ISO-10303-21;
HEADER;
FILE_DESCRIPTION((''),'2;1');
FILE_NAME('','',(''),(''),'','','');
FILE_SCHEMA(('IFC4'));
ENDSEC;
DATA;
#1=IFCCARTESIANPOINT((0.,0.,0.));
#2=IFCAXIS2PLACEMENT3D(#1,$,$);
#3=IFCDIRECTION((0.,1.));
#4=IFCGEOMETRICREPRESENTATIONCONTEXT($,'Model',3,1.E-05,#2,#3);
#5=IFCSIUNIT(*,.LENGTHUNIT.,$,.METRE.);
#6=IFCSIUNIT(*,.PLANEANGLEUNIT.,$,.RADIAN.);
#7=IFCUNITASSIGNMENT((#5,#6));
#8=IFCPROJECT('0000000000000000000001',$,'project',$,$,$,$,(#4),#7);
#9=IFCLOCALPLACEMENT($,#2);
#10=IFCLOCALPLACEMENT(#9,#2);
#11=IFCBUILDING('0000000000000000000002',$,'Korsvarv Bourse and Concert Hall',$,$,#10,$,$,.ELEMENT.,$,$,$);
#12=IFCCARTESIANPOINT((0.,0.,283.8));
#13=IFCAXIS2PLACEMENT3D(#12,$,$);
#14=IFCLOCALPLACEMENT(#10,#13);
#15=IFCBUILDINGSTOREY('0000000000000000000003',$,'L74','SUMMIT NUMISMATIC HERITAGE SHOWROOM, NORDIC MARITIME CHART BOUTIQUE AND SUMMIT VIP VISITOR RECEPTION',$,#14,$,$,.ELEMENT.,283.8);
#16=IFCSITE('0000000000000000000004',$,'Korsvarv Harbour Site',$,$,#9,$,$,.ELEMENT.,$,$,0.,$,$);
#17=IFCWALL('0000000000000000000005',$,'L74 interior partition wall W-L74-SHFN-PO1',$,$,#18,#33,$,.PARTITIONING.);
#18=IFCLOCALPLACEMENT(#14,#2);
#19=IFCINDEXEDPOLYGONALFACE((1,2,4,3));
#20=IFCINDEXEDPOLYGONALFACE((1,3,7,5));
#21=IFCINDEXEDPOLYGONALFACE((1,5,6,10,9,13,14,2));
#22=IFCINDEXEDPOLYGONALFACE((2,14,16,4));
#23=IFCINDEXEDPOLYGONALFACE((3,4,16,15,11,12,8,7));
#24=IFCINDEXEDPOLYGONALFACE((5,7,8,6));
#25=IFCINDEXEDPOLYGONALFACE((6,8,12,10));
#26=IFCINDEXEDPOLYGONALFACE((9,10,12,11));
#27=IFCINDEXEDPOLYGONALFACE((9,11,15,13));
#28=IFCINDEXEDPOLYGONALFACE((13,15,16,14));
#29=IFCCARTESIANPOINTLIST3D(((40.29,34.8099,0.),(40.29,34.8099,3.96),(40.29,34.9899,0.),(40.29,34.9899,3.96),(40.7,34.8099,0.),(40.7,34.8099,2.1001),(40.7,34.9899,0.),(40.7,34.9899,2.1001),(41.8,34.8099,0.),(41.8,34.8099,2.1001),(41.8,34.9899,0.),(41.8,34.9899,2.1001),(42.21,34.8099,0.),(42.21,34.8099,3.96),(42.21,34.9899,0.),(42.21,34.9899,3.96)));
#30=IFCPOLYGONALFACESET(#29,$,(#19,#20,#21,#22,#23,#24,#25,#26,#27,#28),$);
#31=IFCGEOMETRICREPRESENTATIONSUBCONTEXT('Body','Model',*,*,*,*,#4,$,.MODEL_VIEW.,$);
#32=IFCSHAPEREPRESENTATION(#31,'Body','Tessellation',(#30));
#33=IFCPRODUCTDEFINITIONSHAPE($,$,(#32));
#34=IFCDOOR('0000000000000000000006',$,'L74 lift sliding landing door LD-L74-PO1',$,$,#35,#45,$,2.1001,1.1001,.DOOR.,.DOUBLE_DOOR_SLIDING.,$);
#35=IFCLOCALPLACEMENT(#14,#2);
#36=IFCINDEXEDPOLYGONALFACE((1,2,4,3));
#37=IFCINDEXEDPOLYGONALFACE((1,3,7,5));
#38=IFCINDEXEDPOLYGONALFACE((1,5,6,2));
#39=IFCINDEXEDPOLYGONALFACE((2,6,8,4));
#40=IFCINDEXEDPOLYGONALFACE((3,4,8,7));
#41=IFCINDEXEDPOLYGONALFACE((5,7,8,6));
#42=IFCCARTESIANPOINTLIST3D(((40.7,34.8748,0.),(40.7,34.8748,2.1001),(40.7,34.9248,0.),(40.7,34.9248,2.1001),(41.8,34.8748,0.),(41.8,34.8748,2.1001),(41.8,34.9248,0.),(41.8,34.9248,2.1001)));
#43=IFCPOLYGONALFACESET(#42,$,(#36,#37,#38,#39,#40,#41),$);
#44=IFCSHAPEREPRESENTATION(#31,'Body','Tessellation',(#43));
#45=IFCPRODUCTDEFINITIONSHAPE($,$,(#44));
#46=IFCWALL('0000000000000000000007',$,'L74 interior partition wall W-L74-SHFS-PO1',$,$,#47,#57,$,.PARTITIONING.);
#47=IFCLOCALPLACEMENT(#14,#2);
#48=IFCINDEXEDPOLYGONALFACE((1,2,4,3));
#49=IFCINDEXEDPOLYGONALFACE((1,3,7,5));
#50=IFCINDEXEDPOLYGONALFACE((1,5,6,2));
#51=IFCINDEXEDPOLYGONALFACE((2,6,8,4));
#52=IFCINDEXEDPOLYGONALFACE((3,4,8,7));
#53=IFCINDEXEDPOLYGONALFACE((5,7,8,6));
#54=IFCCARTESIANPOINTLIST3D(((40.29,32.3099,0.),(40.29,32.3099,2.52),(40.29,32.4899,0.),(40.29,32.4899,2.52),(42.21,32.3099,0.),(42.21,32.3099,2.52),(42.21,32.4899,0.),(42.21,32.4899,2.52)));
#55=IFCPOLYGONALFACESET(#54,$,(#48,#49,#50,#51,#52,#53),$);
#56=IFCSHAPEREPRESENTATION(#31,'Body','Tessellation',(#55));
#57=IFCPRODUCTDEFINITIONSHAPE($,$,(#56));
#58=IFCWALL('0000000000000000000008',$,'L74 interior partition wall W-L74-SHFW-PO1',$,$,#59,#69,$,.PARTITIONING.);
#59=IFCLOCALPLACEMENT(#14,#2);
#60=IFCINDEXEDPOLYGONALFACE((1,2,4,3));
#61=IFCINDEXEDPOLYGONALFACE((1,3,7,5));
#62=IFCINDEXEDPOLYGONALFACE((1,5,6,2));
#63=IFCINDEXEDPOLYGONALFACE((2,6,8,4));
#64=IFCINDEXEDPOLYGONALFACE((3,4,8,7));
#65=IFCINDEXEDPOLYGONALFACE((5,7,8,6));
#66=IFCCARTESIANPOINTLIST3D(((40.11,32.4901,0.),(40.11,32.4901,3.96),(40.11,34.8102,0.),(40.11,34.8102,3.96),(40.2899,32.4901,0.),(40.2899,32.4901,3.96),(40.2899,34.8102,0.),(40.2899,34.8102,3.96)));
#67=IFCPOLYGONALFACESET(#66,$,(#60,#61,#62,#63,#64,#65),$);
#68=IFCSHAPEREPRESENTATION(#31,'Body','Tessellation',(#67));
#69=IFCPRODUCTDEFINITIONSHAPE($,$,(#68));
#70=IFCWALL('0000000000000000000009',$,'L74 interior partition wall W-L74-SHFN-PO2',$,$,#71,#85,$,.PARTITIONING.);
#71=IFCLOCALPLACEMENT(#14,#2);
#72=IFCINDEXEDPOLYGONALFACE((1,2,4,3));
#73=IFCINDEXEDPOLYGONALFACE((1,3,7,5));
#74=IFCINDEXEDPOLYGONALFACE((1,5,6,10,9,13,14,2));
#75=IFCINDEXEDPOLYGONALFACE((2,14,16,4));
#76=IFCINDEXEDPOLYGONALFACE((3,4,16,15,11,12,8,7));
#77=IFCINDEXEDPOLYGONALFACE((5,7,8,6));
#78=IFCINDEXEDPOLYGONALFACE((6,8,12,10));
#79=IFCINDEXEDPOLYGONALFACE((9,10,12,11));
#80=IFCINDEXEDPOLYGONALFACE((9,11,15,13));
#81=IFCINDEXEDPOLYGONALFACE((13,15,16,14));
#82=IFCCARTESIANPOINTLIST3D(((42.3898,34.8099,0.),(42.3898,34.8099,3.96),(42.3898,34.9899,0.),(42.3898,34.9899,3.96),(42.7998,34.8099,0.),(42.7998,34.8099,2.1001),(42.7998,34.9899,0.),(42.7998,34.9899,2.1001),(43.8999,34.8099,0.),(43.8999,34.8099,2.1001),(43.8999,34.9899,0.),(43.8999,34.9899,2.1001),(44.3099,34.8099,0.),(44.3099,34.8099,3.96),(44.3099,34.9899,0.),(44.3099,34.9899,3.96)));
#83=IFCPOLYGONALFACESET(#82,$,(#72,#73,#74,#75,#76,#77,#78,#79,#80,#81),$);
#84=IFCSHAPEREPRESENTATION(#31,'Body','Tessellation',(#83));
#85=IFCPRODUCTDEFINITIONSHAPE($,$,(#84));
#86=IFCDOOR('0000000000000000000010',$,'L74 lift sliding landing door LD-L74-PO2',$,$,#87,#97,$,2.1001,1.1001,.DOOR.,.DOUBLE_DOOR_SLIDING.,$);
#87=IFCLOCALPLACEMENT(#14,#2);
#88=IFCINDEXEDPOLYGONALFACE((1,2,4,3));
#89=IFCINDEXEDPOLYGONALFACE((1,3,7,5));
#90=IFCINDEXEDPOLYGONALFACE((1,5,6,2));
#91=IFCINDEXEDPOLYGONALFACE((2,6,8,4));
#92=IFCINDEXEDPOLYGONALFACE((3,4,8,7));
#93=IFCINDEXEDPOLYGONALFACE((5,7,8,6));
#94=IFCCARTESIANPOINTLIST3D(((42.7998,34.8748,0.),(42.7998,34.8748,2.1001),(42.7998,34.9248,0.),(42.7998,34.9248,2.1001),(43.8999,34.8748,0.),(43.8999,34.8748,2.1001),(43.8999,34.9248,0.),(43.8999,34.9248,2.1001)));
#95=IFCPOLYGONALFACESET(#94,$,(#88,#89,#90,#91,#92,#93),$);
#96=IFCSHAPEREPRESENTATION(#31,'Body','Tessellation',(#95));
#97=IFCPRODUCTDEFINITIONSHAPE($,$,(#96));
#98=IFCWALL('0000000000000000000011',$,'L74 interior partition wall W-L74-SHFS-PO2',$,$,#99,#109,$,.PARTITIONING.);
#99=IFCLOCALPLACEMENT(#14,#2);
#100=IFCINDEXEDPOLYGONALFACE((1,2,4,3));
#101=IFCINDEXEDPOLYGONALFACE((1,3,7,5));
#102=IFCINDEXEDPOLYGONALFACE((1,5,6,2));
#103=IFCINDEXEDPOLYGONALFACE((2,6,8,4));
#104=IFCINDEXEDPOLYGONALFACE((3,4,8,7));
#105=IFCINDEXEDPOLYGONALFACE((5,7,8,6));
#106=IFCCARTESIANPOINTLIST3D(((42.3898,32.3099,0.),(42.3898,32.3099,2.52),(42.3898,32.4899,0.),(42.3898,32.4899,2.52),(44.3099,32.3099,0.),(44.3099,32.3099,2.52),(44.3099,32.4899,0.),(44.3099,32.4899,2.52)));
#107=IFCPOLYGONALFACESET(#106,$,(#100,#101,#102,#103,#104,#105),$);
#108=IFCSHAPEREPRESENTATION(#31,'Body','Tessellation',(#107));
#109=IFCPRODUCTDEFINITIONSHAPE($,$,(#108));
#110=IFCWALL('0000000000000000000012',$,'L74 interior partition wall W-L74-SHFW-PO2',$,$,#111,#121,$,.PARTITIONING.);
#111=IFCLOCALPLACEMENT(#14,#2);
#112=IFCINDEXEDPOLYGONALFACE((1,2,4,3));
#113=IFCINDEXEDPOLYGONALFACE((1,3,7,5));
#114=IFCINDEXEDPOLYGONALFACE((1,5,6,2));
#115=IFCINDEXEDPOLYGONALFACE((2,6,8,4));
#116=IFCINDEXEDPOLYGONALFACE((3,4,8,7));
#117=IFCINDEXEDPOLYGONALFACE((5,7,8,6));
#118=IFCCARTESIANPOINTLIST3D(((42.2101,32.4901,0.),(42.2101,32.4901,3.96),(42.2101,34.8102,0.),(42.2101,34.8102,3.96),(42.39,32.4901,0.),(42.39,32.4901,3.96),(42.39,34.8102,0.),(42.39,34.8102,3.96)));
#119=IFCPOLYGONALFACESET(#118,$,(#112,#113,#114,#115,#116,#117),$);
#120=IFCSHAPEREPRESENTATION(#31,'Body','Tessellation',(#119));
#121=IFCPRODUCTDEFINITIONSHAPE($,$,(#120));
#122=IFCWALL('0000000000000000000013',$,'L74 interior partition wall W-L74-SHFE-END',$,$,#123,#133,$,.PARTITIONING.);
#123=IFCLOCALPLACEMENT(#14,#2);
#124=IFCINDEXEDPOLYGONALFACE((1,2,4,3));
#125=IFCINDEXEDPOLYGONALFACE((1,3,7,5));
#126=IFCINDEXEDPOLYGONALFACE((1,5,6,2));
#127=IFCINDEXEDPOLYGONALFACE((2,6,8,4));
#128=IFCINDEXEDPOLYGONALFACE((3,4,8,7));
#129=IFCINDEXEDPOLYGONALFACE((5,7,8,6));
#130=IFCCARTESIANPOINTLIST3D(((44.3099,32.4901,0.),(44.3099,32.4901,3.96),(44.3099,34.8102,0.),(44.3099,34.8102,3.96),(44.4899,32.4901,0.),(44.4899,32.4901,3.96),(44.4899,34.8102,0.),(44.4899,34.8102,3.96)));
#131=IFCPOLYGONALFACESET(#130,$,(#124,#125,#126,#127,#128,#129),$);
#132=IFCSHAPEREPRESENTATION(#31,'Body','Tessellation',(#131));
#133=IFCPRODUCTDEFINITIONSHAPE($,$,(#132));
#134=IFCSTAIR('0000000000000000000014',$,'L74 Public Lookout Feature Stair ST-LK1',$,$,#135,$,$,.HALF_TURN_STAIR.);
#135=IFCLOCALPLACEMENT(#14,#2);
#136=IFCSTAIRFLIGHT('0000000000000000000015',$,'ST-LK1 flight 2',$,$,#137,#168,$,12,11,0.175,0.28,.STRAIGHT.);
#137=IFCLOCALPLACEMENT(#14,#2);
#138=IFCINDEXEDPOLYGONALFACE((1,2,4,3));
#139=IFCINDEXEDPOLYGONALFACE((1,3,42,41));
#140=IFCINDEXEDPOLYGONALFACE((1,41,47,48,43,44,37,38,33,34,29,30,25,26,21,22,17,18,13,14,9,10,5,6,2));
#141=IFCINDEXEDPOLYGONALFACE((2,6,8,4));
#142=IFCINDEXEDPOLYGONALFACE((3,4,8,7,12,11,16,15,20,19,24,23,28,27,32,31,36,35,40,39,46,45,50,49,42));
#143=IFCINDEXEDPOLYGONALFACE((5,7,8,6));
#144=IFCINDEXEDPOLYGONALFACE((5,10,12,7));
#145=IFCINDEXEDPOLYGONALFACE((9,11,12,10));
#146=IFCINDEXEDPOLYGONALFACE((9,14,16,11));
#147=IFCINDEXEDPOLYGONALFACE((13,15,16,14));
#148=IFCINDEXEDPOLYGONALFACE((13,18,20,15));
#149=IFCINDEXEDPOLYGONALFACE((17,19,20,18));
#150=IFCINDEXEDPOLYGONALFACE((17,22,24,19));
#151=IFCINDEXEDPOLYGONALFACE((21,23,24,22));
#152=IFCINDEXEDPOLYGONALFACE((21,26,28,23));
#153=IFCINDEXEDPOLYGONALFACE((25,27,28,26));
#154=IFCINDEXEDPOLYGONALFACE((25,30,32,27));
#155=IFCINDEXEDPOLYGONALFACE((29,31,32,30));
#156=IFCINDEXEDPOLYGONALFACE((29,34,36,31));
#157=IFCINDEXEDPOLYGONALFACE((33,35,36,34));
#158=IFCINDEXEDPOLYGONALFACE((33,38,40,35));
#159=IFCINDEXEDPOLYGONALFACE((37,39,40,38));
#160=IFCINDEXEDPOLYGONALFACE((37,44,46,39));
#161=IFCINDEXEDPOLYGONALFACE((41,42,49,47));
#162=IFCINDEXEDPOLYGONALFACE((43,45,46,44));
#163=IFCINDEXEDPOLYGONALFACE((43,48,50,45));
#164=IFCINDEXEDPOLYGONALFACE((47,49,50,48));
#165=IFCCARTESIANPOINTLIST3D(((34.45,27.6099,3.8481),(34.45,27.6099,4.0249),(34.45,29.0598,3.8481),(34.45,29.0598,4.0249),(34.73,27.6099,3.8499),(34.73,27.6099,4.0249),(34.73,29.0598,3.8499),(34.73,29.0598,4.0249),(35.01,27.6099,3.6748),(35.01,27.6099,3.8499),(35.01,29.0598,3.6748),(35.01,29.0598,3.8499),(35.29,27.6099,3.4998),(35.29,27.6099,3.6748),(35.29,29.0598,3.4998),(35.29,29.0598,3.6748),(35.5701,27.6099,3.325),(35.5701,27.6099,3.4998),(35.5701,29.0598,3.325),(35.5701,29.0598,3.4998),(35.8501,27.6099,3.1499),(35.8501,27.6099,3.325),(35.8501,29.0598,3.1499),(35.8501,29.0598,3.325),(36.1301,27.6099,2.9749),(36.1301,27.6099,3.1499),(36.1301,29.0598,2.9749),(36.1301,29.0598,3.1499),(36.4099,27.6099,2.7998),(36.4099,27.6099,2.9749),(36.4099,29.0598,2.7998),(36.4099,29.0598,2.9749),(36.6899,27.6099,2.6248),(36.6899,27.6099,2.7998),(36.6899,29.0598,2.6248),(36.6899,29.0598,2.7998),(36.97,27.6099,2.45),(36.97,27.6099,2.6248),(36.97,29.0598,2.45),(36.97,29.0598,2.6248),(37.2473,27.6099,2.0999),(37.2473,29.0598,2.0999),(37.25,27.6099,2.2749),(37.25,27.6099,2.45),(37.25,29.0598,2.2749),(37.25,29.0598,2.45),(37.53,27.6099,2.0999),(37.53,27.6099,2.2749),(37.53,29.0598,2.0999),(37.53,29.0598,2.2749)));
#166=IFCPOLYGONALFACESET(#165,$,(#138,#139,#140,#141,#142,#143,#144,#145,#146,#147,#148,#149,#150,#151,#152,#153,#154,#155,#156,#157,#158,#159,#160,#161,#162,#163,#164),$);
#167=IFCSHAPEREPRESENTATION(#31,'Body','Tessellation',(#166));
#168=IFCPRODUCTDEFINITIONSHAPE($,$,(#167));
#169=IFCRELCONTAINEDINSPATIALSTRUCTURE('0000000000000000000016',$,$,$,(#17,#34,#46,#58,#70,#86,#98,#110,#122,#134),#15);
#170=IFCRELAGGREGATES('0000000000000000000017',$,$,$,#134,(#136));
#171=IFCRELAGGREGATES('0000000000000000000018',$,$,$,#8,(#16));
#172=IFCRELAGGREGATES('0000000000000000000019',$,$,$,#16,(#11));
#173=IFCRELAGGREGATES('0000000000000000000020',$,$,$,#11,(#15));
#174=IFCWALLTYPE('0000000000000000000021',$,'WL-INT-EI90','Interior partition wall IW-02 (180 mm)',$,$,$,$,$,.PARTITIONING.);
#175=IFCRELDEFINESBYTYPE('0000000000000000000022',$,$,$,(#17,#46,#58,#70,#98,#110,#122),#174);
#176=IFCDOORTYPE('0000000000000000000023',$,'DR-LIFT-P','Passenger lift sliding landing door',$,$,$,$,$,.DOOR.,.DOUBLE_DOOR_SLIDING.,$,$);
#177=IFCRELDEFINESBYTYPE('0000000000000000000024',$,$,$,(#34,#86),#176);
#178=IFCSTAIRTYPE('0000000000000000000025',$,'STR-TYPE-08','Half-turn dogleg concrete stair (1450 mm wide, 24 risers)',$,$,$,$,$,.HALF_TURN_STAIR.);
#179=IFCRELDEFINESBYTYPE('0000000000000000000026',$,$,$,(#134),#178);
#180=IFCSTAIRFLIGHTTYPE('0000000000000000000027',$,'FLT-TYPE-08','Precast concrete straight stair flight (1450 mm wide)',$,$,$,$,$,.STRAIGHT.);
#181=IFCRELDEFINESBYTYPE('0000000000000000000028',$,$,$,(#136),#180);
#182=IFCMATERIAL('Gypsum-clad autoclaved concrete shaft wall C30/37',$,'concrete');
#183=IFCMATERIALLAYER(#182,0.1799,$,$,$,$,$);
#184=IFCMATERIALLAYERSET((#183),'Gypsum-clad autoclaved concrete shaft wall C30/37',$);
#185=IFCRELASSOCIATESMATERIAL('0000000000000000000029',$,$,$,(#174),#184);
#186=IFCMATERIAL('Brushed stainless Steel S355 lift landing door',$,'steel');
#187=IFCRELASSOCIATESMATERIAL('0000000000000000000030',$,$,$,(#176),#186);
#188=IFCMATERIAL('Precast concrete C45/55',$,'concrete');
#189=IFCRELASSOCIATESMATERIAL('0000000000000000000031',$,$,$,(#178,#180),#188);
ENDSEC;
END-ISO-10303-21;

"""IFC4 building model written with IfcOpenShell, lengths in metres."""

from ifc_helpers import new_model, si_unit, direction, frame, frame_2d, origin, place, context, subcontext, project, spatial, polyline, rectangle, outline, extrude, material, layer, layer_set, type_object, element, fill, aggregate, save


model = new_model("IFC4")

# Units and contexts
model_context = context("Model", 3, precision=1e-05, world=origin(), true_north=direction((0.0, 1.0)))
body_context = subcontext(model_context, "Body", "Model", "MODEL_VIEW")
ifc_project = project(units=[si_unit("LENGTHUNIT", "METRE"), si_unit("PLANEANGLEUNIT", "RADIAN")], contexts=[model_context])

# Site, building, storey
site_placement = place(None, origin())
site = spatial("IfcSite", under=ifc_project, at=site_placement, Name="Korsvarv Harbour Site", CompositionType="ELEMENT", RefElevation=0.0)
building_placement = place(site_placement, origin())
building = spatial("IfcBuilding", under=site, at=building_placement, Name="Korsvarv Bourse and Concert Hall", CompositionType="ELEMENT")
storey_placement = place(building_placement, frame((0.0, 0.0, 283.8)))
storey = spatial("IfcBuildingStorey", under=building, at=storey_placement, Name="L74", Description="SUMMIT NUMISMATIC HERITAGE SHOWROOM, NORDIC MARITIME CHART BOUTIQUE AND SUMMIT VIP VISITOR RECEPTION", CompositionType="ELEMENT", Elevation=283.8)

# Wall, opening, door
ifc_material_1 = material(Name="Gypsum-clad autoclaved concrete shaft wall C30/37", Category="concrete")
ifc_layer_1 = layer(ifc_material_1, 0.1799)
ifc_layer_set_1 = layer_set([ifc_layer_1], Name="Gypsum-clad autoclaved concrete shaft wall C30/37")
wall_type_1 = type_object("IfcWallType", Name="WL-INT-EI90", Description="Interior partition wall IW-02 (180 mm)", PredefinedType="PARTITIONING", material=ifc_layer_set_1)
wall_1_placement = place(storey_placement, frame((40.29, 34.8999, 0.0), z_axis=(0.0, 0.0, 1.0), x_axis=(1.0, 0.0, 0.0)))
wall_1 = element("IfcWall", 1, at=wall_1_placement, inside=storey, type_object=wall_type_1, Name="L74 interior partition wall W-L74-SHFN-PO1", PredefinedType="PARTITIONING", context=body_context, shape_type="SweptSolid", body=[
    extrude(rectangle(XDim=1.9199, YDim=0.1799, at=frame_2d((0.96, 0.0))), origin(), (0.0, 0.0, 1.0), 3.96),
])
opening_1_placement = place(wall_1_placement, frame((0.4099, 0.0, 0.0)))
opening_1 = element("IfcOpeningElement", 2, at=opening_1_placement, cuts=wall_1, PredefinedType="OPENING", context=body_context, shape_type="SweptSolid", body=[
    extrude(rectangle(XDim=1.1001, YDim=2.1001, at=frame_2d((0.55, 1.05))), frame((0.0, 0.1001, 0.0), z_axis=(0.0, -1.0, 0.0), x_axis=(1.0, 0.0, 0.0)), (0.0, 0.0, 1.0), 0.2),
])
ifc_material_2 = material(Name="Brushed stainless Steel S355 lift landing door", Category="steel")
door_type_1 = type_object("IfcDoorType", Name="DR-LIFT-P", Description="Passenger lift sliding landing door", OperationType="DOUBLE_DOOR_SLIDING", PredefinedType="DOOR", material=ifc_material_2)
door_1_placement = place(opening_1_placement, origin())
door_1 = element("IfcDoor", 3, at=door_1_placement, inside=storey, type_object=door_type_1, Name="L74 lift sliding landing door LD-L74-PO1", OperationType="DOUBLE_DOOR_SLIDING", OverallHeight=2.1001, OverallWidth=1.1001, PredefinedType="DOOR", context=body_context, shape_type="SweptSolid", body=[
    extrude(rectangle(XDim=1.1001, YDim=2.1001, at=frame_2d((0.55, 1.05))), frame((0.0, 0.0249, 0.0), z_axis=(0.0, -1.0, 0.0), x_axis=(1.0, 0.0, 0.0)), (0.0, 0.0, 1.0), 0.05),
])
fill(opening_1, door_1)

# Walls
wall_2_placement = place(storey_placement, frame((40.29, 32.3999, 0.0), z_axis=(0.0, 0.0, 1.0), x_axis=(1.0, 0.0, 0.0)))
element("IfcWall", 4, at=wall_2_placement, inside=storey, type_object=wall_type_1, Name="L74 interior partition wall W-L74-SHFS-PO1", PredefinedType="PARTITIONING", context=body_context, shape_type="SweptSolid", body=[
    extrude(rectangle(XDim=1.9199, YDim=0.1799, at=frame_2d((0.96, 0.0))), origin(), (0.0, 0.0, 1.0), 2.52),
])
wall_3_placement = place(storey_placement, frame((40.2, 32.49, 0.0), z_axis=(0.0, 0.0, 1.0), x_axis=(0.0, 1.0, 0.0)))
element("IfcWall", 5, at=wall_3_placement, inside=storey, type_object=wall_type_1, Name="L74 interior partition wall W-L74-SHFW-PO1", PredefinedType="PARTITIONING", context=body_context, shape_type="SweptSolid", body=[
    extrude(rectangle(XDim=2.3201, YDim=0.1799, at=frame_2d((1.1602, 0.0))), origin(), (0.0, 0.0, 1.0), 3.96),
])

# Wall, opening, door
wall_4_placement = place(storey_placement, frame((42.3899, 34.8999, 0.0), z_axis=(0.0, 0.0, 1.0), x_axis=(1.0, 0.0, 0.0)))
wall_4 = element("IfcWall", 6, at=wall_4_placement, inside=storey, type_object=wall_type_1, Name="L74 interior partition wall W-L74-SHFN-PO2", PredefinedType="PARTITIONING", context=body_context, shape_type="SweptSolid", body=[
    extrude(rectangle(XDim=1.9202, YDim=0.1799, at=frame_2d((0.96, 0.0))), origin(), (0.0, 0.0, 1.0), 3.96),
])
opening_2_placement = place(wall_4_placement, frame((0.4099, 0.0, 0.0)))
opening_2 = element("IfcOpeningElement", 7, at=opening_2_placement, cuts=wall_4, PredefinedType="OPENING", context=body_context, shape_type="SweptSolid", body=[
    extrude(rectangle(XDim=1.1001, YDim=2.1001, at=frame_2d((0.55, 1.05))), frame((0.0, 0.1001, 0.0), z_axis=(0.0, -1.0, 0.0), x_axis=(1.0, 0.0, 0.0)), (0.0, 0.0, 1.0), 0.2),
])
door_2_placement = place(opening_2_placement, origin())
door_2 = element("IfcDoor", 8, at=door_2_placement, inside=storey, type_object=door_type_1, Name="L74 lift sliding landing door LD-L74-PO2", OperationType="DOUBLE_DOOR_SLIDING", OverallHeight=2.1001, OverallWidth=1.1001, PredefinedType="DOOR", context=body_context, shape_type="SweptSolid", body=[
    extrude(rectangle(XDim=1.1001, YDim=2.1001, at=frame_2d((0.55, 1.05))), frame((0.0, 0.0249, 0.0), z_axis=(0.0, -1.0, 0.0), x_axis=(1.0, 0.0, 0.0)), (0.0, 0.0, 1.0), 0.05),
])
fill(opening_2, door_2)

# Walls
wall_5_placement = place(storey_placement, frame((42.3899, 32.3999, 0.0), z_axis=(0.0, 0.0, 1.0), x_axis=(1.0, 0.0, 0.0)))
element("IfcWall", 9, at=wall_5_placement, inside=storey, type_object=wall_type_1, Name="L74 interior partition wall W-L74-SHFS-PO2", PredefinedType="PARTITIONING", context=body_context, shape_type="SweptSolid", body=[
    extrude(rectangle(XDim=1.9202, YDim=0.1799, at=frame_2d((0.96, 0.0))), origin(), (0.0, 0.0, 1.0), 2.52),
])
for number, where, z_axis, x_axis, name in (
    (10, (42.3, 32.49, 0.0), (0.0, 0.0, 1.0), (0.0, 1.0, 0.0), "L74 interior partition wall W-L74-SHFW-PO2"),
    (11, (44.3999, 32.49, 0.0), (0.0, 0.0, 1.0), (0.0, 1.0, 0.0), "L74 interior partition wall W-L74-SHFE-END"),
):
    element("IfcWall", number, at=place(storey_placement, frame(where, z_axis=z_axis, x_axis=x_axis)), inside=storey, type_object=wall_type_1, Name=name, PredefinedType="PARTITIONING", context=body_context, shape_type="SweptSolid", body=[
        extrude(rectangle(XDim=2.3201, YDim=0.1799, at=frame_2d((1.1602, 0.0))), origin(), (0.0, 0.0, 1.0), 3.96),
    ])

# Stair, stair flight
ifc_material_3 = material(Name="Precast concrete C45/55", Category="concrete")
stair_type = type_object("IfcStairType", Name="STR-TYPE-08", Description="Half-turn dogleg concrete stair (1450 mm wide, 24 risers)", PredefinedType="HALF_TURN_STAIR", material=ifc_material_3)
stair_placement = place(storey_placement, origin())
stair = element("IfcStair", 12, at=stair_placement, inside=storey, type_object=stair_type, Name="L74 Public Lookout Feature Stair ST-LK1", PredefinedType="HALF_TURN_STAIR")
stair_flight_type = type_object("IfcStairFlightType", Name="FLT-TYPE-08", Description="Precast concrete straight stair flight (1450 mm wide)", PredefinedType="STRAIGHT", material=ifc_material_3)
stair_flight_placement = place(storey_placement, frame((37.53, 28.335, 2.0999), z_axis=(0.0, 0.0, 1.0), x_axis=(-1.0, 0.0, 0.0)))
stair_flight = element("IfcStairFlight", 13, at=stair_flight_placement, type_object=stair_flight_type, Name="ST-LK1 flight 2", NumberOfRisers=12, NumberOfTreads=11, PredefinedType="STRAIGHT", RiserHeight=0.175, TreadLength=0.28, context=body_context, shape_type="SweptSolid", body=[
    extrude(outline(polyline([(0.0, 0.0), (0.0, 0.175), (0.28, 0.175), (0.28, 0.3501), (0.5601, 0.3501), (0.5601, 0.5249), (0.8401, 0.5249), (0.8401, 0.7), (1.1201, 0.7), (1.1201, 0.875), (1.3999, 0.875), (1.3999, 1.05), (1.6799, 1.05), (1.6799, 1.2251), (1.96, 1.2251), (1.96, 1.3999), (2.24, 1.3999), (2.24, 1.575), (2.52, 1.575), (2.52, 1.75), (2.8, 1.75), (2.8, 1.925), (3.0801, 1.925), (3.0801, 2.1001), (3.0801, 1.7483), (0.2827, 0.0), (0.0, 0.0)])), frame((0.0, 0.7251, 0.0), z_axis=(0.0, -1.0, 0.0), x_axis=(1.0, 0.0, 0.0)), (0.0, 0.0, 1.0), 1.45),
])
aggregate(stair, [stair_flight])

save(model, "model.ifc")
